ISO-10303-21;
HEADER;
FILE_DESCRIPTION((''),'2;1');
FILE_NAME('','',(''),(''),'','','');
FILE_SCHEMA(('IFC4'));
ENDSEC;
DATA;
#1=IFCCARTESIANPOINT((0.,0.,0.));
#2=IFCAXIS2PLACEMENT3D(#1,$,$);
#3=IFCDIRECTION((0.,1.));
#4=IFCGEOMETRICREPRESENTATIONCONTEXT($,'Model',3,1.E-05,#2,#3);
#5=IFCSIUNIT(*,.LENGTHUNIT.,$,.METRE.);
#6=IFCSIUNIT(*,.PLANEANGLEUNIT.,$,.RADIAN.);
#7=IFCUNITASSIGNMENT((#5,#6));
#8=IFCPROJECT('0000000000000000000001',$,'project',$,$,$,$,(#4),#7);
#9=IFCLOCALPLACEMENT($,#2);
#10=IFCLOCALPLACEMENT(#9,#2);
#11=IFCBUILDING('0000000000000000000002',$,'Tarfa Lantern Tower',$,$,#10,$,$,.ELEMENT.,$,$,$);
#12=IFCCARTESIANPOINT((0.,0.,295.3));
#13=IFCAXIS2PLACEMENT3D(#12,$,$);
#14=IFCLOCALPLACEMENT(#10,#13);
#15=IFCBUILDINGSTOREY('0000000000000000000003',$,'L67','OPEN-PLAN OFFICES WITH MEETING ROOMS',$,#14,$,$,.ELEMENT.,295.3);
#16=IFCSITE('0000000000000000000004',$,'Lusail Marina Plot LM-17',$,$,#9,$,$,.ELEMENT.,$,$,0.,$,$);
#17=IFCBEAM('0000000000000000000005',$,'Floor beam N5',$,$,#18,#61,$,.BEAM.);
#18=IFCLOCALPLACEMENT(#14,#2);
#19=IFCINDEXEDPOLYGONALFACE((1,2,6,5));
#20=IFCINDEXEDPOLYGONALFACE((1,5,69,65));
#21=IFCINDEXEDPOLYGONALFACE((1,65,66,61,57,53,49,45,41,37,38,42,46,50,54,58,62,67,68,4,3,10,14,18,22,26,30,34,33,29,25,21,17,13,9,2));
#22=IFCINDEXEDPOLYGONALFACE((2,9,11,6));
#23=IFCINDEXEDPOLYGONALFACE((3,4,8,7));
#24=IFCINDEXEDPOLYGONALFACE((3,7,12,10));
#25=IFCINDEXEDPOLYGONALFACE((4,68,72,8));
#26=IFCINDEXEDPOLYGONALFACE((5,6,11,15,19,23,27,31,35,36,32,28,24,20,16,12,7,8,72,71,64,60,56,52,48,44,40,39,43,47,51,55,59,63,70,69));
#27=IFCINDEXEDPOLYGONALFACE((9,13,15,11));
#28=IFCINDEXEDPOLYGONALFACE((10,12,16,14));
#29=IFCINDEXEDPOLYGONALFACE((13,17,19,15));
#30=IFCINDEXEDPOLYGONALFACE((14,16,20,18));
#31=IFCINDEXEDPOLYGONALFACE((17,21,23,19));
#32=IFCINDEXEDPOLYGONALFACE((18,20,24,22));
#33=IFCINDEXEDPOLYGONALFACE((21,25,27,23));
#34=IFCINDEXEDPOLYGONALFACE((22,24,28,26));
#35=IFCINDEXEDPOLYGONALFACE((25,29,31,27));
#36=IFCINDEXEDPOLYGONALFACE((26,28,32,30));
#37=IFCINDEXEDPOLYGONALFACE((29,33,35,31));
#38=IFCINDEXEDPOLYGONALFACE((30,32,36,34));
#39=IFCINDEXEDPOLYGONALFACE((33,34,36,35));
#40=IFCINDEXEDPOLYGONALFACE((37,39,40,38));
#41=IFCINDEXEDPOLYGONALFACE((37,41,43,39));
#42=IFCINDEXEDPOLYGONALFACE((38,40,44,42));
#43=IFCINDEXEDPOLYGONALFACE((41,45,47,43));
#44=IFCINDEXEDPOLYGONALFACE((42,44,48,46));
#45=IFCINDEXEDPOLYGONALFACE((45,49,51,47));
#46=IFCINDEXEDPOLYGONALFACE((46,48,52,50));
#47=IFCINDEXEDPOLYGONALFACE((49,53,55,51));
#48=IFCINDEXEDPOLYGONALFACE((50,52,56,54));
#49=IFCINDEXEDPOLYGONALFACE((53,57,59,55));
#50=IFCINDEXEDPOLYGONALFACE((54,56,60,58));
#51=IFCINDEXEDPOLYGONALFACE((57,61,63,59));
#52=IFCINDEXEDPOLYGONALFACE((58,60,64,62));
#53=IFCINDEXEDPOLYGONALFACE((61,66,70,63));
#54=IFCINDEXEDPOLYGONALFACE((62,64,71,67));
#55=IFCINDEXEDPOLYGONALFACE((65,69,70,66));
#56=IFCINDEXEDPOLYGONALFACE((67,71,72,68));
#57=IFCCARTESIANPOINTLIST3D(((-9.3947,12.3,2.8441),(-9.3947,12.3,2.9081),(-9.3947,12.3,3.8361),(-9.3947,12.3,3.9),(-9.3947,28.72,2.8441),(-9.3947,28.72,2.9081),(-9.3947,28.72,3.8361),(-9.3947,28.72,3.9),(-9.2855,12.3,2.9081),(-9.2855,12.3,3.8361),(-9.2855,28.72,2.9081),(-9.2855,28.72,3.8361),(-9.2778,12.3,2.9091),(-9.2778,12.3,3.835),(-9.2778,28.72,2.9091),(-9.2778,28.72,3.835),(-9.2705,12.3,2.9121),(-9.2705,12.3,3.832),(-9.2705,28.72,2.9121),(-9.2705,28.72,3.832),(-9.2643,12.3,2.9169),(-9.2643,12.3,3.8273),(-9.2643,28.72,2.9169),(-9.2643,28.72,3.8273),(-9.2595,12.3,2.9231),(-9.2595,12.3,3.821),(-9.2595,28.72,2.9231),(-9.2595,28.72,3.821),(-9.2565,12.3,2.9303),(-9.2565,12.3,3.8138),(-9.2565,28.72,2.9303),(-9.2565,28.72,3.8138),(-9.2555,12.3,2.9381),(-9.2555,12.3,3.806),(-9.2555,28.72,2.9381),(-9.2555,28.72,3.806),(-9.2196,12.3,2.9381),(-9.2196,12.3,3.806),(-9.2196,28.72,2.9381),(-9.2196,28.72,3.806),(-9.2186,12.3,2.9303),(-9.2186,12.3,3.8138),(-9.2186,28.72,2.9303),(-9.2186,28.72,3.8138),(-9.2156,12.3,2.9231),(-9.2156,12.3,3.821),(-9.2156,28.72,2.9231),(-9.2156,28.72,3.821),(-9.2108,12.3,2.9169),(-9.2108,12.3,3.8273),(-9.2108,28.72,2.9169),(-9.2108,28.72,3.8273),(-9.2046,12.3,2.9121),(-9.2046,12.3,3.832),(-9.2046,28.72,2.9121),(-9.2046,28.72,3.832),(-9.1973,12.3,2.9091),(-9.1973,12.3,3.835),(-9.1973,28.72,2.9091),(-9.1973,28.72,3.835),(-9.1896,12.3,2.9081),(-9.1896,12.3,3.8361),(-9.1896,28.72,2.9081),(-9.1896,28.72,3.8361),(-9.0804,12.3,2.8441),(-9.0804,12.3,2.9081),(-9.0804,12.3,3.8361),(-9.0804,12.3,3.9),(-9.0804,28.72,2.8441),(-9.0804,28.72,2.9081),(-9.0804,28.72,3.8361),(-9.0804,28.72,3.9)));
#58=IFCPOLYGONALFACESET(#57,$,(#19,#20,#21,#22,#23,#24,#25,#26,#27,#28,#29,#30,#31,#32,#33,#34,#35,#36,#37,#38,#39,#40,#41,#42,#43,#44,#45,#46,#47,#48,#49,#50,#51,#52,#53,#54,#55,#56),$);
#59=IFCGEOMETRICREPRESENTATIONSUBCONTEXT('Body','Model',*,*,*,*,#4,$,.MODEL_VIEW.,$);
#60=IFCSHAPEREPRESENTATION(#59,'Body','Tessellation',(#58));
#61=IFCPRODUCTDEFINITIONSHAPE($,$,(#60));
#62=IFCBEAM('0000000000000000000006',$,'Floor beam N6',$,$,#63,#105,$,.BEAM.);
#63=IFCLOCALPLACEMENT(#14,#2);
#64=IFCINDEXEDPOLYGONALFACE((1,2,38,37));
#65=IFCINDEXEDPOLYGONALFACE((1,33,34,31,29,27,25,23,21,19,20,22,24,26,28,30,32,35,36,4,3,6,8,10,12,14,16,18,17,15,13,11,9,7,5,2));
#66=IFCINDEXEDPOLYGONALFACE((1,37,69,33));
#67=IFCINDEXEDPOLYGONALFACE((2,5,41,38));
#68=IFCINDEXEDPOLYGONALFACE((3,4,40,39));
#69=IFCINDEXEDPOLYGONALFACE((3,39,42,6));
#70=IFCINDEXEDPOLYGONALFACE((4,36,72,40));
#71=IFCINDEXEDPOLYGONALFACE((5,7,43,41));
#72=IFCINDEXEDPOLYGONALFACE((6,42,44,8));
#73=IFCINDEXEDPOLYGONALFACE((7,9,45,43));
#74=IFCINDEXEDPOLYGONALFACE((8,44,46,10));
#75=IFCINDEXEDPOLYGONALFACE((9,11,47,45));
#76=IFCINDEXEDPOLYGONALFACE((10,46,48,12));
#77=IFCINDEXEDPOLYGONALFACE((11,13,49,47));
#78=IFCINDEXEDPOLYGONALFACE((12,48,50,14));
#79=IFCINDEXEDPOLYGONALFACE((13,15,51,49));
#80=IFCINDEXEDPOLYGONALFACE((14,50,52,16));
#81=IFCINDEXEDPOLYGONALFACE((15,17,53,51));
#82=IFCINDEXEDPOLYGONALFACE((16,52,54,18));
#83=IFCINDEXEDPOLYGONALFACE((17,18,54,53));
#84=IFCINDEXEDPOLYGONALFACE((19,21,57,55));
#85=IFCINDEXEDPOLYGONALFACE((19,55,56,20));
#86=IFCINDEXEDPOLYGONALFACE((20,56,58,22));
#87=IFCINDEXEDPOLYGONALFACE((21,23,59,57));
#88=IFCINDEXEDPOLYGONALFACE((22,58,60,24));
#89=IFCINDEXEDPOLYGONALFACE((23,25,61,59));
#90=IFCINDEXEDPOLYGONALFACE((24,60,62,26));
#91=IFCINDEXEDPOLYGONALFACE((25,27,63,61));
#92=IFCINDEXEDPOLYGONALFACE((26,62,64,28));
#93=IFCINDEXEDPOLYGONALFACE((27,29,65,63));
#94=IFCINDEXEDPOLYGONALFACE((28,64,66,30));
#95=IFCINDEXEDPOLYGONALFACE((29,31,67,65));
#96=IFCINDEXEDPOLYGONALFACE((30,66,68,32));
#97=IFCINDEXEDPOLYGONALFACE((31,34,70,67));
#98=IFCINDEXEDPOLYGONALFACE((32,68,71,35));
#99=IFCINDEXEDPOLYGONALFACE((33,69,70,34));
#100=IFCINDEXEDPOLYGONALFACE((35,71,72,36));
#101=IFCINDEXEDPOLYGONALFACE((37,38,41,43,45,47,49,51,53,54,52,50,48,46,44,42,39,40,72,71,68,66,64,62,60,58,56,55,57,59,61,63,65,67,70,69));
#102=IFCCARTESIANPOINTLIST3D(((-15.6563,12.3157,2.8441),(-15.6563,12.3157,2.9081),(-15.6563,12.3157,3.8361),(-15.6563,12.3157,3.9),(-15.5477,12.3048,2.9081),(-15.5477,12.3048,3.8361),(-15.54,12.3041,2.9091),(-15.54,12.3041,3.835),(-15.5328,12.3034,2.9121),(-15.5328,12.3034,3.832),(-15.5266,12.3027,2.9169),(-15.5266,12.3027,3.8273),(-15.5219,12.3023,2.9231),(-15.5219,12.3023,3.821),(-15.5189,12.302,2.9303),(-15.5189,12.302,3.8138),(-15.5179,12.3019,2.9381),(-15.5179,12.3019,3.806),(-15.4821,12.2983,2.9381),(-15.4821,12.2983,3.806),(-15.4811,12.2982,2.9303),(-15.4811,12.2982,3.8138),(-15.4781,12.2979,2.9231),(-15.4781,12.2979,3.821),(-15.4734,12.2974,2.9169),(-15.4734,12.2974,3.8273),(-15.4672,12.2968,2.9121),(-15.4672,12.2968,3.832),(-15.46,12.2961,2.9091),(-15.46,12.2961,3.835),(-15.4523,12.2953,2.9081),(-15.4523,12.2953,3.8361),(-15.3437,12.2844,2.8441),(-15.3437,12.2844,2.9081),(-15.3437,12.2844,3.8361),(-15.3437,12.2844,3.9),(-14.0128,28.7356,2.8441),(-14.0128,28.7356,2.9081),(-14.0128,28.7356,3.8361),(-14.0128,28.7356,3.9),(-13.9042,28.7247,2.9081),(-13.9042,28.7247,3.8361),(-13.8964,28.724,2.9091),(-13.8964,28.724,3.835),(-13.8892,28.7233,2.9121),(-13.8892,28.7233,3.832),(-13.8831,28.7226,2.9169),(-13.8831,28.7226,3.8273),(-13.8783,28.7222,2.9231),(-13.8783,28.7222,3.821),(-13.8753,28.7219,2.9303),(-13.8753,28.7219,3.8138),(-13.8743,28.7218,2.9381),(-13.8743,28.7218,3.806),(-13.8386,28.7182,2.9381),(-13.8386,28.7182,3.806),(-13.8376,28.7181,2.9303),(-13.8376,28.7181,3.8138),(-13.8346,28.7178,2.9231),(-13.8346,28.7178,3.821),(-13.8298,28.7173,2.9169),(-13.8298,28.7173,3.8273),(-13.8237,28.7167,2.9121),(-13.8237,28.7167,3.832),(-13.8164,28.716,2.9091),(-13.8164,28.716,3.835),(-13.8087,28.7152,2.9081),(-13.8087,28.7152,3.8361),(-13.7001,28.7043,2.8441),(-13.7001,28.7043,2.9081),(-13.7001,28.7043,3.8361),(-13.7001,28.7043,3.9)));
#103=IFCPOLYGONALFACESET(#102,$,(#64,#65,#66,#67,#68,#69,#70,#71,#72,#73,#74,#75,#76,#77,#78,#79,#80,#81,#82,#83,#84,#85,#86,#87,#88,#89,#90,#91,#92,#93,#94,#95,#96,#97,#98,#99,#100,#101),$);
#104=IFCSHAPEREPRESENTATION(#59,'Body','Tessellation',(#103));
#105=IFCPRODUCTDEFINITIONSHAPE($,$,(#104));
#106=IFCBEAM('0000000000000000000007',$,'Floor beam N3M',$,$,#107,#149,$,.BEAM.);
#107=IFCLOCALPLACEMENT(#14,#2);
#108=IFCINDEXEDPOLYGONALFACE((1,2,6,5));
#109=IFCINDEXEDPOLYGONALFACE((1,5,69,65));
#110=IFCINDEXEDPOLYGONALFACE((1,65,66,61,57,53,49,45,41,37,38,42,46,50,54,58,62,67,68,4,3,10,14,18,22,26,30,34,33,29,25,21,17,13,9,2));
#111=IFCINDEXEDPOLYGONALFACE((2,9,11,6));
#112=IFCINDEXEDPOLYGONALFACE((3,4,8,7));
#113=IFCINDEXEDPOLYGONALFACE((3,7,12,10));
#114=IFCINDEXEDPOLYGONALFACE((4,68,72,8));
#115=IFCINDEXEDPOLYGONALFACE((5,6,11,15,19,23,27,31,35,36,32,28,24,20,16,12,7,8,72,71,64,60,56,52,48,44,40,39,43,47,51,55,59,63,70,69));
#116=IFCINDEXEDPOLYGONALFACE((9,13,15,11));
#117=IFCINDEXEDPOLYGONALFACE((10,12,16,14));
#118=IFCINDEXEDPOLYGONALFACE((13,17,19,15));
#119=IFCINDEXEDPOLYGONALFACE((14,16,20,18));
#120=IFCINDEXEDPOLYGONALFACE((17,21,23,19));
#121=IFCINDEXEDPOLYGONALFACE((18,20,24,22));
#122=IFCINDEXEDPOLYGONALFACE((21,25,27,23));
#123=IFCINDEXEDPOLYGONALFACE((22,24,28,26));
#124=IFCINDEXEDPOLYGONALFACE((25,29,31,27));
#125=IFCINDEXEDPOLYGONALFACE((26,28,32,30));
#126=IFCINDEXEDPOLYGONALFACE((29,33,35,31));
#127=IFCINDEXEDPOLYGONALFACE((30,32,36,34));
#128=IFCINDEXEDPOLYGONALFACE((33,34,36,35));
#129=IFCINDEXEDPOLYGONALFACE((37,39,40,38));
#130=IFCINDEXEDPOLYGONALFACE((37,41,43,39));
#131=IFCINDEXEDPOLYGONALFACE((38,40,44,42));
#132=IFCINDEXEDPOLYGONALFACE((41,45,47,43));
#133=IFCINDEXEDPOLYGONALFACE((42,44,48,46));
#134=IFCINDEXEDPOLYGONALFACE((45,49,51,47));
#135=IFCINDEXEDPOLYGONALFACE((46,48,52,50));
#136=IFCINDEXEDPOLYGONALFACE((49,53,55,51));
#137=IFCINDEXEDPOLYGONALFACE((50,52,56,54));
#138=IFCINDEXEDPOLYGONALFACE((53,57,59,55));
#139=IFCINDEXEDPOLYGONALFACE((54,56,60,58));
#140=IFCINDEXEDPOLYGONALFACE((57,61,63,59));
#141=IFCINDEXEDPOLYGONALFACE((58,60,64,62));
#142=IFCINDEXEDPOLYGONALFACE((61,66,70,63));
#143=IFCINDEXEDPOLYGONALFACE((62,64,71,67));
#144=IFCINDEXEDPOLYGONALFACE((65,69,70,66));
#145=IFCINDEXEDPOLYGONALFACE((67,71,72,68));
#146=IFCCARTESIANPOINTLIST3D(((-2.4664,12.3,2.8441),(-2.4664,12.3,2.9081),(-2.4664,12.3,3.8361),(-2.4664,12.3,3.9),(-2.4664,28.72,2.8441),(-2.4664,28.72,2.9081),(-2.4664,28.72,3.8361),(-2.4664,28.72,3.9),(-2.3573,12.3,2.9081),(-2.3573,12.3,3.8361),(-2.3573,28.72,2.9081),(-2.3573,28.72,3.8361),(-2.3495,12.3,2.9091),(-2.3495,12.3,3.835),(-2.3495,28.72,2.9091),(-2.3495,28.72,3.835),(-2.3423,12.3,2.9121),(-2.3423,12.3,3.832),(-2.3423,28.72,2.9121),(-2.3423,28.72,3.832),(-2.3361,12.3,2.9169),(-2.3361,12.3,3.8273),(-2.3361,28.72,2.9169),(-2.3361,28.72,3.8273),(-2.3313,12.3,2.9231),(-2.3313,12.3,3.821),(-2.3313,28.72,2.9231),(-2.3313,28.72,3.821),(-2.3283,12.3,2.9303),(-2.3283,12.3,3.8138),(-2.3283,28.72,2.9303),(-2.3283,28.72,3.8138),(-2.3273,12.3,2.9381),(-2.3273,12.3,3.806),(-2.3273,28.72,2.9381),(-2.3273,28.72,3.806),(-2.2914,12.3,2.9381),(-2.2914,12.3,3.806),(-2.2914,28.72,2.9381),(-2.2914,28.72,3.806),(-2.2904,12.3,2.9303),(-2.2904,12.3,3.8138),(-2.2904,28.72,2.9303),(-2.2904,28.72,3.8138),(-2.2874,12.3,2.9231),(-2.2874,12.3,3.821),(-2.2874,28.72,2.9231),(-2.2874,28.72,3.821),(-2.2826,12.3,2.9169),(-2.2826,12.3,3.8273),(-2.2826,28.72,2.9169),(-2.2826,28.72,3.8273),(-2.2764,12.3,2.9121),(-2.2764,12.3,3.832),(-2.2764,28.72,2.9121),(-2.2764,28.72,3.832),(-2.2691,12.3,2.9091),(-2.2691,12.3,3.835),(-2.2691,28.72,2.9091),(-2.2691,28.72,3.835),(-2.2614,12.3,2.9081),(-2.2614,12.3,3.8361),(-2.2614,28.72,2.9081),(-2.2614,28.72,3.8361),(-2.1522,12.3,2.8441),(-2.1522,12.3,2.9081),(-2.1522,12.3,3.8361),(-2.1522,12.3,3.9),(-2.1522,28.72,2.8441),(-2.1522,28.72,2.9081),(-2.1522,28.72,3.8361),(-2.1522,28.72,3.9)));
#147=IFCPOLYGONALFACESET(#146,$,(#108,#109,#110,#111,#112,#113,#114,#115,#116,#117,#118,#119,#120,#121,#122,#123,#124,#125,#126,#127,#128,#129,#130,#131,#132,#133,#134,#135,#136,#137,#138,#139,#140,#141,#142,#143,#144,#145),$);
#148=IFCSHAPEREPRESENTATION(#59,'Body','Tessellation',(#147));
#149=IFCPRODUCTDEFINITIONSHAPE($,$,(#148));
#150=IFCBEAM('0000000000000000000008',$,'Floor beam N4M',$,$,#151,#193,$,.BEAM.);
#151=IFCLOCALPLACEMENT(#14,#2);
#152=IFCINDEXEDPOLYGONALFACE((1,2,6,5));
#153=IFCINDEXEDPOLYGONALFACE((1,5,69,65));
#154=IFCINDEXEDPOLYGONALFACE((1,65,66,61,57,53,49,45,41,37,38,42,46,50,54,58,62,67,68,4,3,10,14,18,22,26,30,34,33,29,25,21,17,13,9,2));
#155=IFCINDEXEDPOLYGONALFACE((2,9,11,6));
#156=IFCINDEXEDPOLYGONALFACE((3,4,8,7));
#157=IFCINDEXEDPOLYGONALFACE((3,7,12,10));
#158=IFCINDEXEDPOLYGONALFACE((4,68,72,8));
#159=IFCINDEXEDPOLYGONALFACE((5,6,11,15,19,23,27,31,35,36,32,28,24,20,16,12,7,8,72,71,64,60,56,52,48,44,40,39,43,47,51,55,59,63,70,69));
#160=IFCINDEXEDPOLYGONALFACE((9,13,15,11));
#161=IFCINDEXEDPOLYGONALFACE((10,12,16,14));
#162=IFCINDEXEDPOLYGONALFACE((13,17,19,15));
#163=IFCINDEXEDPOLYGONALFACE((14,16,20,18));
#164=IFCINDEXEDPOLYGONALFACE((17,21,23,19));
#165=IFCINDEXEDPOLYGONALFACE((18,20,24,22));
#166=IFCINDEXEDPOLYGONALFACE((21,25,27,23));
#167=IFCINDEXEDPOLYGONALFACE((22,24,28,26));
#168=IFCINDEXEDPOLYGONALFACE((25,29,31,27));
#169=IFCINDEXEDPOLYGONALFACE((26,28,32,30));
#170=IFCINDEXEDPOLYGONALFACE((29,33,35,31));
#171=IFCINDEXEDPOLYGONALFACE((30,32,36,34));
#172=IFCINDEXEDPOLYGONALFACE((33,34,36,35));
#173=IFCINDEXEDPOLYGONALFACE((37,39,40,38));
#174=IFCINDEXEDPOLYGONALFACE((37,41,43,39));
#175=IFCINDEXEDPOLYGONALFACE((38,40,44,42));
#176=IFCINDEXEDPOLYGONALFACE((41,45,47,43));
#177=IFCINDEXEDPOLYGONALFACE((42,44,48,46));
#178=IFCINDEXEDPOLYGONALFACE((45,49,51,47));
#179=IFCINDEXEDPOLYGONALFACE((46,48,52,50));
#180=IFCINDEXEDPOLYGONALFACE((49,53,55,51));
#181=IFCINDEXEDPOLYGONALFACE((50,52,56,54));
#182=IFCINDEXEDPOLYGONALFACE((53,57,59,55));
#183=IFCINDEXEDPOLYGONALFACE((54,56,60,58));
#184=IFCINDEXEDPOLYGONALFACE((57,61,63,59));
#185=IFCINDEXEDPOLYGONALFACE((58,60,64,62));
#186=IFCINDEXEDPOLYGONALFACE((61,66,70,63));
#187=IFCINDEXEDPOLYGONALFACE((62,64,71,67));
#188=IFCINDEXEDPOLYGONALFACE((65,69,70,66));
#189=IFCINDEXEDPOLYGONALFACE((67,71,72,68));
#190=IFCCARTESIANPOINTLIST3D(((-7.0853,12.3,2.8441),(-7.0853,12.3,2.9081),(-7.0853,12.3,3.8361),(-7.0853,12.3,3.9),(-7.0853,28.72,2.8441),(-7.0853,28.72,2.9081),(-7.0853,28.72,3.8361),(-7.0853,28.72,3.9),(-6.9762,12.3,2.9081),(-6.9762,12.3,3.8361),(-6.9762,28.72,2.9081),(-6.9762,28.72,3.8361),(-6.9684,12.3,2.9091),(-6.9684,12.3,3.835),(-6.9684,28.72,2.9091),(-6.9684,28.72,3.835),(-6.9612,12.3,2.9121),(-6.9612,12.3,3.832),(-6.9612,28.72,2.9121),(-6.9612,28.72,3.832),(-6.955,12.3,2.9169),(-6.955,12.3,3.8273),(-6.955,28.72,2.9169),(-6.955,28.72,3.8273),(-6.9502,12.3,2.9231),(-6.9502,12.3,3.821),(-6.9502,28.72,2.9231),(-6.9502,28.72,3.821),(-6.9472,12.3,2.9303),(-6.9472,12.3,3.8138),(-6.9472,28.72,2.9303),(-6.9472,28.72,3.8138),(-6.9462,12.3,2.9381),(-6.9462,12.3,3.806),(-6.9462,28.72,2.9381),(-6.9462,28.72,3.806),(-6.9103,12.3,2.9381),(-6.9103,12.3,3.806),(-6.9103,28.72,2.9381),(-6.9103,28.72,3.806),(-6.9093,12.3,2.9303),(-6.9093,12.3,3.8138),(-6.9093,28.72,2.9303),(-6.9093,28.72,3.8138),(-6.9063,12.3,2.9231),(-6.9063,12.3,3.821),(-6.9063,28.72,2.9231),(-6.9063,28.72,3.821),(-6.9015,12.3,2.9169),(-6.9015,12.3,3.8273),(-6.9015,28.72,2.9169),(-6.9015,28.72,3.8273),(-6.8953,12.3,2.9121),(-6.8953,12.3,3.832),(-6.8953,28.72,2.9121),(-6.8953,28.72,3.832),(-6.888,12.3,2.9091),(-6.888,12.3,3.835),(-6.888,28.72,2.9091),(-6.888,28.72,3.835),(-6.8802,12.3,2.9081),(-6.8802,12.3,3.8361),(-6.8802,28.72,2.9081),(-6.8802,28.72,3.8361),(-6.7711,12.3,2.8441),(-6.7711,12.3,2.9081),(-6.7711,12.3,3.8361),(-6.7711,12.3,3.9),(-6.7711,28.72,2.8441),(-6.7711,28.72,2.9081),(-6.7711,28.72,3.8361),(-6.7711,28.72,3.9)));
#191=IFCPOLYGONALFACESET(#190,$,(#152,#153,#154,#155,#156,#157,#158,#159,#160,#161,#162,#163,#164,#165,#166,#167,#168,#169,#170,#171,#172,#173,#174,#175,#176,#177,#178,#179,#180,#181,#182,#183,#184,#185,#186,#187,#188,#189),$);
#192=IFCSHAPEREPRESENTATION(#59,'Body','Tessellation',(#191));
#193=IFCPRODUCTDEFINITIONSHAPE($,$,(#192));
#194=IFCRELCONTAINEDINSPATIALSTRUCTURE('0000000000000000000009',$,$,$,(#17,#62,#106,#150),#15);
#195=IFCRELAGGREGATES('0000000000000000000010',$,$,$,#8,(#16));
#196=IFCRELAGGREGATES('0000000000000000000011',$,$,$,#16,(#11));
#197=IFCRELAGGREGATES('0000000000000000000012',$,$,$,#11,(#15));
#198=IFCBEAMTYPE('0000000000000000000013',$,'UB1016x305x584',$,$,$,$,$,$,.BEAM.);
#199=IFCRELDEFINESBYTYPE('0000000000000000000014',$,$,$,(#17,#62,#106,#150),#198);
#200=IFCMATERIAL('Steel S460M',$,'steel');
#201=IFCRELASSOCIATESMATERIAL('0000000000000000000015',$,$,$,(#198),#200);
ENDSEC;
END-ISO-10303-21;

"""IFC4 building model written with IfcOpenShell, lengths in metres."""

from ifc_helpers import new_model, si_unit, direction, frame, origin, origin_2d, place, context, subcontext, project, spatial, i_section, extrude, material, material_profile, profile_set, type_object, element, save


model = new_model("IFC4")

# Units and contexts
model_context = context("Model", 3, precision=1e-05, world=origin(), true_north=direction((0.0, 1.0)))
body_context = subcontext(model_context, "Body", "Model", "MODEL_VIEW")
ifc_project = project(units=[si_unit("LENGTHUNIT", "METRE"), si_unit("PLANEANGLEUNIT", "RADIAN")], contexts=[model_context])

# Site, building, storey
site_placement = place(None, origin())
site = spatial("IfcSite", under=ifc_project, at=site_placement, Name="Lusail Marina Plot LM-17", CompositionType="ELEMENT", RefElevation=0.0)
building_placement = place(site_placement, origin())
building = spatial("IfcBuilding", under=site, at=building_placement, Name="Tarfa Lantern Tower", CompositionType="ELEMENT")
storey_placement = place(building_placement, frame((0.0, 0.0, 295.3)))
storey = spatial("IfcBuildingStorey", under=building, at=storey_placement, Name="L67", Description="OPEN-PLAN OFFICES WITH MEETING ROOMS", CompositionType="ELEMENT", Elevation=295.3)

# Beams
ifc_material_1 = material(Name="Steel S460M", Category="steel")
ifc_material_profile_1 = material_profile(ifc_material_1, i_section(OverallWidth=0.3142, OverallDepth=1.0559, WebThickness=0.0359, FlangeThickness=0.064, FilletRadius=0.03, at=origin_2d()), Name="UB1016x305x584")
ifc_profile_set_1 = profile_set([ifc_material_profile_1], Name="Steel S460M")
beam_type_1 = type_object("IfcBeamType", Name="UB1016x305x584", PredefinedType="BEAM", material=ifc_profile_set_1)
for number, where, z_axis, x_axis, name in (
    (1, (-9.2375, 28.72, 3.3721), (0.0, -1.0, 0.0), (1.0, 0.0, 0.0), "Floor beam N5"),
):
    element("IfcBeam", number, at=place(storey_placement, frame(where, z_axis=z_axis, x_axis=x_axis)), inside=storey, type_object=beam_type_1, Name=name, PredefinedType="BEAM", context=body_context, shape_type="SweptSolid", body=[
        extrude(i_section(OverallWidth=0.3142, OverallDepth=1.0559, WebThickness=0.0359, FlangeThickness=0.064, FilletRadius=0.03, at=origin_2d()), origin(), (0.0, 0.0, 1.0), 16.4199),
    ])
beam_1_placement = place(storey_placement, frame((-13.8564, 28.72, 3.3721), z_axis=(-0.099597, -0.995028, 0.0), x_axis=(0.995028, -0.099597, 0.0)))
element("IfcBeam", 2, at=beam_1_placement, inside=storey, type_object=beam_type_1, Name="Floor beam N6", PredefinedType="BEAM", context=body_context, shape_type="SweptSolid", body=[
    extrude(i_section(OverallWidth=0.3142, OverallDepth=1.0559, WebThickness=0.0359, FlangeThickness=0.064, FilletRadius=0.03, at=origin_2d()), origin(), (0.0, 0.0, 1.0), 16.502),
])
for number, where, z_axis, x_axis, name in (
    (3, (-2.3093, 28.72, 3.3721), (0.0, -1.0, 0.0), (1.0, 0.0, 0.0), "Floor beam N3M"),
    (4, (-6.9282, 28.72, 3.3721), (0.0, -1.0, 0.0), (1.0, 0.0, 0.0), "Floor beam N4M"),
):
    element("IfcBeam", number, at=place(storey_placement, frame(where, z_axis=z_axis, x_axis=x_axis)), inside=storey, type_object=beam_type_1, Name=name, PredefinedType="BEAM", context=body_context, shape_type="SweptSolid", body=[
        extrude(i_section(OverallWidth=0.3142, OverallDepth=1.0559, WebThickness=0.0359, FlangeThickness=0.064, FilletRadius=0.03, at=origin_2d()), origin(), (0.0, 0.0, 1.0), 16.4199),
    ])

save(model, "model.ifc")
